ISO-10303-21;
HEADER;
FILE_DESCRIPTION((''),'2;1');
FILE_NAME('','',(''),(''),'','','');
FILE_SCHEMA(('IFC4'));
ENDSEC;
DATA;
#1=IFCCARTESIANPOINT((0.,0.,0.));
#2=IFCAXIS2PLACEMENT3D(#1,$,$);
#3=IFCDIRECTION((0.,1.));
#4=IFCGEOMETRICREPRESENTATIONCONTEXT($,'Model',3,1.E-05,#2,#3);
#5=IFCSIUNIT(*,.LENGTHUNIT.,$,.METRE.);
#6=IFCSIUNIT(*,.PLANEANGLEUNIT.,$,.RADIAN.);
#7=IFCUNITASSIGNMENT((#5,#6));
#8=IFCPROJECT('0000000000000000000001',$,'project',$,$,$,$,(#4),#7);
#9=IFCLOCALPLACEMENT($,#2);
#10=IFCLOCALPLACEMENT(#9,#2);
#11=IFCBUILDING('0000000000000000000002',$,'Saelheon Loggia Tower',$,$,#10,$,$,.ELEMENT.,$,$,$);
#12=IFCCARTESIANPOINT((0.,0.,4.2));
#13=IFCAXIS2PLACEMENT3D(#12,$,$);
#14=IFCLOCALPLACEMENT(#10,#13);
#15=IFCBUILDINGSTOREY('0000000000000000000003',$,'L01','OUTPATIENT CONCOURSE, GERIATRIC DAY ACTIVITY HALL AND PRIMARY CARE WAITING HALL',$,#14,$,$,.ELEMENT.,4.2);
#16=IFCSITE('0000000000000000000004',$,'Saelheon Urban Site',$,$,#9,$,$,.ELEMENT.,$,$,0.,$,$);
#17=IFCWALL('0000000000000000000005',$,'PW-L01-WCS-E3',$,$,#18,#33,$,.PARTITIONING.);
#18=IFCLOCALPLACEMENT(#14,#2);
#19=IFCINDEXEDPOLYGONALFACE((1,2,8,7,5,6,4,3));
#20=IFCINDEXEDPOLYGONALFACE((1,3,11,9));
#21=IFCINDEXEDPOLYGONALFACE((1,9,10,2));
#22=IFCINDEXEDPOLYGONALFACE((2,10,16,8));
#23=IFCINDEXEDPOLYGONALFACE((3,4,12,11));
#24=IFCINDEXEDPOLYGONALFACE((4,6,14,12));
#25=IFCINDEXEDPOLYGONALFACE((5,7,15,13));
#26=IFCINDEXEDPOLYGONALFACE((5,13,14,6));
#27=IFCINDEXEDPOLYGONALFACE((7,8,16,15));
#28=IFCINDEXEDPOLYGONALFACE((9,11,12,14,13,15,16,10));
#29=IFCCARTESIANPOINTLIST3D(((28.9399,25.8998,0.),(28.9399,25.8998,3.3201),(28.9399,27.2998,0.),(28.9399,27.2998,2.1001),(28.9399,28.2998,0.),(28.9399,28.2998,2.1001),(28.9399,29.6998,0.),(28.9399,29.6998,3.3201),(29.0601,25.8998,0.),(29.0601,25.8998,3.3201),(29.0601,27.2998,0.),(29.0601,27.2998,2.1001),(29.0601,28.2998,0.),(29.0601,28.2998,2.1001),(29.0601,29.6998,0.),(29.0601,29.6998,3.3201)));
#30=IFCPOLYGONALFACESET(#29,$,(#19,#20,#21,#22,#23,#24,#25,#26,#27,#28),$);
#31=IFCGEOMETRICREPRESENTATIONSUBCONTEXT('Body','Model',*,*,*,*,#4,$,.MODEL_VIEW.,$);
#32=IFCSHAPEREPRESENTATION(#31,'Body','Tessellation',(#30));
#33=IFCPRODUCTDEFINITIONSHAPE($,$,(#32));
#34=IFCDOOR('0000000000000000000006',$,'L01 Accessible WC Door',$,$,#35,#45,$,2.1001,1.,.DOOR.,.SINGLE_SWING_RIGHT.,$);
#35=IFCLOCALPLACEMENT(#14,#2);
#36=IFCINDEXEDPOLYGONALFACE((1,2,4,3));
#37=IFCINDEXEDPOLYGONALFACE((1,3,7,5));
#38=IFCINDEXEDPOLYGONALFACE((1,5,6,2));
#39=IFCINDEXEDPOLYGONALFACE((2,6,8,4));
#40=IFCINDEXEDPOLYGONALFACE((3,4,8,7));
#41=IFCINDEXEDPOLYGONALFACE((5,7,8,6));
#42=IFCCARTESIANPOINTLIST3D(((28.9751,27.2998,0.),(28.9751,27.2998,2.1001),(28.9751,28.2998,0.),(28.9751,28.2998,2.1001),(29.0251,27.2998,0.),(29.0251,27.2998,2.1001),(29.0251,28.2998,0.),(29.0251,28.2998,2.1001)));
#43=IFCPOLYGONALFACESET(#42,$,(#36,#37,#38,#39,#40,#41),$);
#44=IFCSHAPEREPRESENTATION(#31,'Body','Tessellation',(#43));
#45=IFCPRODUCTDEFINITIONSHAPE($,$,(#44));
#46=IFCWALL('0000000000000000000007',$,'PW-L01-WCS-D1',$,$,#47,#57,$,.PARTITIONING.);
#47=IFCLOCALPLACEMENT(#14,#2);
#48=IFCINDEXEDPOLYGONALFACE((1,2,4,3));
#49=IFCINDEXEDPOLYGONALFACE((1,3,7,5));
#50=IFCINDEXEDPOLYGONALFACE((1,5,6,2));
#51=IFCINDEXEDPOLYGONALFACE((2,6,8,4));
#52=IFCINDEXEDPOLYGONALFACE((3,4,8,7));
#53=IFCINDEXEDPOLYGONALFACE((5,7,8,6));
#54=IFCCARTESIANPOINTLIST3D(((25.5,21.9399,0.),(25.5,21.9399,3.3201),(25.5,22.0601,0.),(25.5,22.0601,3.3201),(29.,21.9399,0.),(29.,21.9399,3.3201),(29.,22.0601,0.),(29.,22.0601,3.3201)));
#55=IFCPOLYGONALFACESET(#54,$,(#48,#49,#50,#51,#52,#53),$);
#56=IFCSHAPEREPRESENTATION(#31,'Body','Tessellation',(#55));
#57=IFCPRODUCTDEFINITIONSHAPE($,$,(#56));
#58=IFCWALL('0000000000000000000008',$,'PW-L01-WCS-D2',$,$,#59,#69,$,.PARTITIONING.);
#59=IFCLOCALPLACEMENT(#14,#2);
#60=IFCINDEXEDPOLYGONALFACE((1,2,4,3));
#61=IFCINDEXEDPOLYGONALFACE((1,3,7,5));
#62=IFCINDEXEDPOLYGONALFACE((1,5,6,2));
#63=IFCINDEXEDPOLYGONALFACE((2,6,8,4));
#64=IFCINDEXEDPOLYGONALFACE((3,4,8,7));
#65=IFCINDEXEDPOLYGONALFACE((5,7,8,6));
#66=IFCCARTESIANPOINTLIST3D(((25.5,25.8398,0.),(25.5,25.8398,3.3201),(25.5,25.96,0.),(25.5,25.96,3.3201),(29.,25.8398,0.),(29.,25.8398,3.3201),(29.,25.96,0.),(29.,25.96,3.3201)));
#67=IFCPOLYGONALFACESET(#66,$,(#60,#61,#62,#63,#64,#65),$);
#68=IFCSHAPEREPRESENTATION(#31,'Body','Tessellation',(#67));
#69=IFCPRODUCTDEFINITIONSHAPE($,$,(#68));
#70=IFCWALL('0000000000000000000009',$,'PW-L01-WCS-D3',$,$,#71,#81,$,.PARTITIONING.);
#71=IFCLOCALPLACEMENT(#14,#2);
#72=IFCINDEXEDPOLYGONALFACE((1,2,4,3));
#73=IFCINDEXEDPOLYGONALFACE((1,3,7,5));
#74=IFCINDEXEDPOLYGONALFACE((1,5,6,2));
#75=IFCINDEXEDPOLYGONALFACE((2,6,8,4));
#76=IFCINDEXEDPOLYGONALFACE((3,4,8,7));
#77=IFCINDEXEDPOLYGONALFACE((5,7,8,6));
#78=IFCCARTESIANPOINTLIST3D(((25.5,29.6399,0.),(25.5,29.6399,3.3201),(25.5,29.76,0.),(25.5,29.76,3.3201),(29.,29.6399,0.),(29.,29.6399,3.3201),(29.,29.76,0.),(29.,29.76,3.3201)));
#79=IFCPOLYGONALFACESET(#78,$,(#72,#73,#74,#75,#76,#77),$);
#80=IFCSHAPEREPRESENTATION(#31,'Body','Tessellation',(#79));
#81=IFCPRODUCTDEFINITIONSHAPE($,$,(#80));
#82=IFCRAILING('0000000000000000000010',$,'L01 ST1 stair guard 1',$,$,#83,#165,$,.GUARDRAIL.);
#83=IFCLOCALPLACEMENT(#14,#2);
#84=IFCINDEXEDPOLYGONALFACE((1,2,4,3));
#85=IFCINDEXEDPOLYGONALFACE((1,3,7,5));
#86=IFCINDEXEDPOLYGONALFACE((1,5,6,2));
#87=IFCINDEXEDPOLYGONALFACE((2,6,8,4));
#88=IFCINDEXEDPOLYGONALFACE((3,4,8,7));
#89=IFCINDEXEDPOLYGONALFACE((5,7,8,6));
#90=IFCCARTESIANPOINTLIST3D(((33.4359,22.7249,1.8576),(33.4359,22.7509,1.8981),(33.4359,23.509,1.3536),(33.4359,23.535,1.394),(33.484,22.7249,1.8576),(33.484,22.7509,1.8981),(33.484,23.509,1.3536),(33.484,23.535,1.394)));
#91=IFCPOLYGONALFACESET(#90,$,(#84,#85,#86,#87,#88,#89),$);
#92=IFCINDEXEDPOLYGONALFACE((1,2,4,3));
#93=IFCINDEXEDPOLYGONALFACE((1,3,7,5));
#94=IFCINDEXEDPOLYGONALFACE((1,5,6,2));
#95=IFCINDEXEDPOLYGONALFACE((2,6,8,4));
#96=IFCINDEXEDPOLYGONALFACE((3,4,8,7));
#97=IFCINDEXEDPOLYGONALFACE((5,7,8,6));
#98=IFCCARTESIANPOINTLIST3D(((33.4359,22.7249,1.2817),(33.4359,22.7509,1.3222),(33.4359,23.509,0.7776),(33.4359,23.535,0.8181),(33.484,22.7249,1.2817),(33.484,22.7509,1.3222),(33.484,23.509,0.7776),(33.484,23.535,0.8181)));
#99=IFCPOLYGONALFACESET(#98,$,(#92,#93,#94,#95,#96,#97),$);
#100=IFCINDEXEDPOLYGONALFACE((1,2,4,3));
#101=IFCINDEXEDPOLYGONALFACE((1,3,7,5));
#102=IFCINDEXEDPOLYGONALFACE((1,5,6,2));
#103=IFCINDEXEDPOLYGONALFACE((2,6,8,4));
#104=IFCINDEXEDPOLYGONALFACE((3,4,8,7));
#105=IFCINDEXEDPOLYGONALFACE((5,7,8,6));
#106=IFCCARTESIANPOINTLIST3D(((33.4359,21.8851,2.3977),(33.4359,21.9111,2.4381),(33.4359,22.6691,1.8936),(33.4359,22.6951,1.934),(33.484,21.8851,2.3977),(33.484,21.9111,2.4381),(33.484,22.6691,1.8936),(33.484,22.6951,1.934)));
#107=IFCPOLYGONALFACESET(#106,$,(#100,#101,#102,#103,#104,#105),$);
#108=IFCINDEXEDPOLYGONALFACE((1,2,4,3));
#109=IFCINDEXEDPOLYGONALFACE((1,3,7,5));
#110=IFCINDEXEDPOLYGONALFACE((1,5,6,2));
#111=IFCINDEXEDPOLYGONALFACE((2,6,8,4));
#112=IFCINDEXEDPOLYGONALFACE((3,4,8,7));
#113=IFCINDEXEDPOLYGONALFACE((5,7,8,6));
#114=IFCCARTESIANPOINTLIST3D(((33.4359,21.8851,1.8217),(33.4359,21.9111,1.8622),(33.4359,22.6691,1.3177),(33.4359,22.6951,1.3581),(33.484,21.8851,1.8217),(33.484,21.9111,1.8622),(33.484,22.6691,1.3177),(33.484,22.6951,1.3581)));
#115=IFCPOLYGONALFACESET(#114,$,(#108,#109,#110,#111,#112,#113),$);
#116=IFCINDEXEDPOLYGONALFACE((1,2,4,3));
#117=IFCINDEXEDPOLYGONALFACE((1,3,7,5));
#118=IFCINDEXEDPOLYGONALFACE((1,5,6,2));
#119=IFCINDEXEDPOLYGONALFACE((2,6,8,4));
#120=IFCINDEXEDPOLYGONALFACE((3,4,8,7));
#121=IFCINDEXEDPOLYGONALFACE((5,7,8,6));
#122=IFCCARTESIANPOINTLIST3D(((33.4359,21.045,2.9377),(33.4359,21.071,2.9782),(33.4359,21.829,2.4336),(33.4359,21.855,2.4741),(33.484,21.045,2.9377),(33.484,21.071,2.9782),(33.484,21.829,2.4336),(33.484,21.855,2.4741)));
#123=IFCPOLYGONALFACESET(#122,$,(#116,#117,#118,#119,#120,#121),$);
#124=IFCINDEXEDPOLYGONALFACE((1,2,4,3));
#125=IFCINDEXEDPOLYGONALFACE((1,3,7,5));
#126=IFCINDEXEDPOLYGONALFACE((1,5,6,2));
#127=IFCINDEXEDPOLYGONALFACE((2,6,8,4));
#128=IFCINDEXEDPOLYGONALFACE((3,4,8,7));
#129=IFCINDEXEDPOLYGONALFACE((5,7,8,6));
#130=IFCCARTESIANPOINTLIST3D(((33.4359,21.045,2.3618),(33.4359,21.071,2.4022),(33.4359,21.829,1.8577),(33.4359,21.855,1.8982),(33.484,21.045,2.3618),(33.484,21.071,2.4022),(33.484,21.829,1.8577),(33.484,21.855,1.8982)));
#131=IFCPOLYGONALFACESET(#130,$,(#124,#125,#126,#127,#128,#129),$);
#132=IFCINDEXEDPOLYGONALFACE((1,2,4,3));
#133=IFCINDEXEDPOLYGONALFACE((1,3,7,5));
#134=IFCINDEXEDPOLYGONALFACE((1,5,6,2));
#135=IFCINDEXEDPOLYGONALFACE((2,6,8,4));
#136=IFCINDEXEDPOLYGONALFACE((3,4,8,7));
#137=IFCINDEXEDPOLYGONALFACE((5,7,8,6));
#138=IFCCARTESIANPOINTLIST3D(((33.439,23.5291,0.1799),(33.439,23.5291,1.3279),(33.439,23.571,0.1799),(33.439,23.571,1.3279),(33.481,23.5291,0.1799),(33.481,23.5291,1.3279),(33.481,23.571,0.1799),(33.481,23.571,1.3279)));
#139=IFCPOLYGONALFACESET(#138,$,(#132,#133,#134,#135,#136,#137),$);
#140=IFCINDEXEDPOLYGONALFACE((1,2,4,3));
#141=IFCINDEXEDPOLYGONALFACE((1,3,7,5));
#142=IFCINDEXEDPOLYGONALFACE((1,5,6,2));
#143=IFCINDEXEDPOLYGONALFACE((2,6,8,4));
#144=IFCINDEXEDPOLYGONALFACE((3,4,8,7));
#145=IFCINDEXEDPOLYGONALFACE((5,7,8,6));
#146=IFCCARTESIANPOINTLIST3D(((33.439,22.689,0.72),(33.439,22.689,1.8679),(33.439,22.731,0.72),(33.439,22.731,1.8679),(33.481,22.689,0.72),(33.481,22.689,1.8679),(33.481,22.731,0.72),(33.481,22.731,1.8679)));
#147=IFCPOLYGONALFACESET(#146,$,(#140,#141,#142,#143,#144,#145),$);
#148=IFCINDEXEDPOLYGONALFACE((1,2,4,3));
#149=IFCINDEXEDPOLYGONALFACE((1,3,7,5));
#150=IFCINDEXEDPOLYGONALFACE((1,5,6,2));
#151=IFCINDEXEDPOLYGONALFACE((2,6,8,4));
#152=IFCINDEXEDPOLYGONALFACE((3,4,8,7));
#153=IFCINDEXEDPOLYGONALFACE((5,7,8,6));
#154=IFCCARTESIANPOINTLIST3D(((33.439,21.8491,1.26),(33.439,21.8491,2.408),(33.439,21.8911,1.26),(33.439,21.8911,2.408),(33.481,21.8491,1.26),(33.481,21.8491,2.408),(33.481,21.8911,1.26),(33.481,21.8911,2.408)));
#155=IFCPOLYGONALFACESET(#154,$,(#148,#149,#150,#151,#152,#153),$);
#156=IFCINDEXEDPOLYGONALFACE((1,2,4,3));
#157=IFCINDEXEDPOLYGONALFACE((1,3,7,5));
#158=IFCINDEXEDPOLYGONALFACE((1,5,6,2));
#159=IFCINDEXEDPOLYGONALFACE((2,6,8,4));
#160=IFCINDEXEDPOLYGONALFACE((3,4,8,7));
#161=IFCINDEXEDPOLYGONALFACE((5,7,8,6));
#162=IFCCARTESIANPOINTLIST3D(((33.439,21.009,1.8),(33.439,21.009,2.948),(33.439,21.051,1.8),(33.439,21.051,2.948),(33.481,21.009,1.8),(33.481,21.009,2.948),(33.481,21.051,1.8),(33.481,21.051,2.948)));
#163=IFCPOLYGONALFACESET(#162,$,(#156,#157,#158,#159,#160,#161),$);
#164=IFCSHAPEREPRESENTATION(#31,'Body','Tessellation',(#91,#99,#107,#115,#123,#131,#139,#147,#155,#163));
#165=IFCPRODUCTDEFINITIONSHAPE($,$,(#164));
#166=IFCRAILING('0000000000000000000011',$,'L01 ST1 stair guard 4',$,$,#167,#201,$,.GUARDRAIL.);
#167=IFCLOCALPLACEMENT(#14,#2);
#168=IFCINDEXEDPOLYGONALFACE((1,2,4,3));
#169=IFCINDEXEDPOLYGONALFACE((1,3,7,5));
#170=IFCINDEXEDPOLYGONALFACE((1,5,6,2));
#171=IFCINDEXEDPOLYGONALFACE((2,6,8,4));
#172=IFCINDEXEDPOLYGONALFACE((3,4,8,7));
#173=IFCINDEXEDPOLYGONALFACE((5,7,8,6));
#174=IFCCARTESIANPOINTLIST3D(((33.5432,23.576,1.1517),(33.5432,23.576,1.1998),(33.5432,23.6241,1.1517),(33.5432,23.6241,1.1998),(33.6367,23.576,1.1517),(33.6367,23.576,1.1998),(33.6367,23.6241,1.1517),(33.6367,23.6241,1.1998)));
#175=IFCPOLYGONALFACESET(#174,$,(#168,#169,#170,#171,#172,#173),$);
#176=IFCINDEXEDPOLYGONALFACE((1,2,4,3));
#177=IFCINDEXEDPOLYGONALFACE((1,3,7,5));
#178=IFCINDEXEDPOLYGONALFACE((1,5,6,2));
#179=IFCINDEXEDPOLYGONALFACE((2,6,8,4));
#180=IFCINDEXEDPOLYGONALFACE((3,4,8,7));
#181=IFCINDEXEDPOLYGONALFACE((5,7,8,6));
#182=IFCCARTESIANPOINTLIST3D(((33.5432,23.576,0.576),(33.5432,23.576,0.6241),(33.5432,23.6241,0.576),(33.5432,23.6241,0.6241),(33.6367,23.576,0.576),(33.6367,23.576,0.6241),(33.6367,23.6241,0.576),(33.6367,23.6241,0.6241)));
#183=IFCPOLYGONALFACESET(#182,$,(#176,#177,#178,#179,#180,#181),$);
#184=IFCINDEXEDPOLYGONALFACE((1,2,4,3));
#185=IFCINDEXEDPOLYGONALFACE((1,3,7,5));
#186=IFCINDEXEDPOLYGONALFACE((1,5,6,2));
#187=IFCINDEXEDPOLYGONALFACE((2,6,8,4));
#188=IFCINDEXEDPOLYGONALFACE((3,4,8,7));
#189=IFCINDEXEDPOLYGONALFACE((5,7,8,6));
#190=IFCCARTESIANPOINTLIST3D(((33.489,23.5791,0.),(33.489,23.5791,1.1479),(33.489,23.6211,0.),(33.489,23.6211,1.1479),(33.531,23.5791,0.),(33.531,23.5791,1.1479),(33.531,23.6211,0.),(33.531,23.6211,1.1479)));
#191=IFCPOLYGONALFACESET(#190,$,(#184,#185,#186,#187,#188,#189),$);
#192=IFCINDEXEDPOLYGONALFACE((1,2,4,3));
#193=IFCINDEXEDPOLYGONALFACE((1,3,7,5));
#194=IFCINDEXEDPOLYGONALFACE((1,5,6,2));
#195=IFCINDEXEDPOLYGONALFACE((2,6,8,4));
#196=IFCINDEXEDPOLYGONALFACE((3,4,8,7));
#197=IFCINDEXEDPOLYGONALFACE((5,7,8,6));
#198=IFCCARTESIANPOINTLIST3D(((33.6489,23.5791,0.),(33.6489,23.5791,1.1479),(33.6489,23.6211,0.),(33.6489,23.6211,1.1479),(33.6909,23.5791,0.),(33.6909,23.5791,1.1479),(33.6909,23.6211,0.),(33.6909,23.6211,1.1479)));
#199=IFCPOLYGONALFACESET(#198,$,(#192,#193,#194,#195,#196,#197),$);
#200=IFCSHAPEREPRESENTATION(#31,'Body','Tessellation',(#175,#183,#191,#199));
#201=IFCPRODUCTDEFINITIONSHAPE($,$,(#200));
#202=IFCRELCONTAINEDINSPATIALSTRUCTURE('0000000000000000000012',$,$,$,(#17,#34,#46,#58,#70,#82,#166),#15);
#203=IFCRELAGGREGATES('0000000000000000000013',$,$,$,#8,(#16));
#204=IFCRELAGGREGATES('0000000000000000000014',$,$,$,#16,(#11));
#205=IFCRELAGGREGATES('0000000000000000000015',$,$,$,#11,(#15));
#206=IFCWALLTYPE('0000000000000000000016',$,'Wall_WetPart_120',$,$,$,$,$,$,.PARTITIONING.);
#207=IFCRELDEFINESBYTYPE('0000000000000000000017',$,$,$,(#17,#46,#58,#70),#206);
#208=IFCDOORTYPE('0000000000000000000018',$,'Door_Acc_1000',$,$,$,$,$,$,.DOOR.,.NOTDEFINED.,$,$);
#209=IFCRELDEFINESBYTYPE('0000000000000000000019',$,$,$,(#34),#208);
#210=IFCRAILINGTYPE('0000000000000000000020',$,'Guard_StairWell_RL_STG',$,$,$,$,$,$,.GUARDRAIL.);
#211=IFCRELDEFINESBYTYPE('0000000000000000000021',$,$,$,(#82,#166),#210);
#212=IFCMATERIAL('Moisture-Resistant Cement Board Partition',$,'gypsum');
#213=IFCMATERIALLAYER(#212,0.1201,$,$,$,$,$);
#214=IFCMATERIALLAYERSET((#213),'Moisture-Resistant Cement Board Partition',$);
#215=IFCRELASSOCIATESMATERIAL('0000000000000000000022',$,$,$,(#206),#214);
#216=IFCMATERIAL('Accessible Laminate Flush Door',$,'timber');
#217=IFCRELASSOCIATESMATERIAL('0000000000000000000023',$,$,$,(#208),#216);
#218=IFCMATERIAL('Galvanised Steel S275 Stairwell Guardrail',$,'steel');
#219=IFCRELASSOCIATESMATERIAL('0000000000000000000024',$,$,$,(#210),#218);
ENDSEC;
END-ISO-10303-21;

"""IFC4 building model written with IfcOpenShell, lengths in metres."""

from ifc_helpers import new_model, si_unit, direction, frame, frame_2d, origin, origin_2d, place, context, subcontext, project, spatial, rectangle, extrude, source, transform, mapped, material, layer, layer_set, type_object, element, fill, save


model = new_model("IFC4")

# Units and contexts
model_context = context("Model", 3, precision=1e-05, world=origin(), true_north=direction((0.0, 1.0)))
body_context = subcontext(model_context, "Body", "Model", "MODEL_VIEW")
ifc_project = project(units=[si_unit("LENGTHUNIT", "METRE"), si_unit("PLANEANGLEUNIT", "RADIAN")], contexts=[model_context])

# Site, building, storey
site_placement = place(None, origin())
site = spatial("IfcSite", under=ifc_project, at=site_placement, Name="Saelheon Urban Site", CompositionType="ELEMENT", RefElevation=0.0)
building_placement = place(site_placement, origin())
building = spatial("IfcBuilding", under=site, at=building_placement, Name="Saelheon Loggia Tower", CompositionType="ELEMENT")
storey_placement = place(building_placement, frame((0.0, 0.0, 4.2)))
storey = spatial("IfcBuildingStorey", under=building, at=storey_placement, Name="L01", Description="OUTPATIENT CONCOURSE, GERIATRIC DAY ACTIVITY HALL AND PRIMARY CARE WAITING HALL", CompositionType="ELEMENT", Elevation=4.2)

# Wall, opening, door
ifc_material_1 = material(Name="Moisture-Resistant Cement Board Partition", Category="gypsum")
ifc_layer_1 = layer(ifc_material_1, 0.1201)
ifc_layer_set_1 = layer_set([ifc_layer_1], Name="Moisture-Resistant Cement Board Partition")
wall_type_1 = type_object("IfcWallType", Name="Wall_WetPart_120", PredefinedType="PARTITIONING", material=ifc_layer_set_1)
wall_1_placement = place(storey_placement, frame((29.0, 25.8999, 0.0), z_axis=(0.0, 0.0, 1.0), x_axis=(0.0, 1.0, 0.0)))
wall_1 = element("IfcWall", 1, at=wall_1_placement, inside=storey, type_object=wall_type_1, Name="PW-L01-WCS-E3", PredefinedType="PARTITIONING", context=body_context, shape_type="SweptSolid", body=[
    extrude(rectangle(XDim=3.8, YDim=0.1201, at=frame_2d((1.8999, 0.0))), origin(), (0.0, 0.0, 1.0), 3.3201),
])
opening_1_placement = place(wall_1_placement, frame((1.3999, 0.0, 0.0)))
opening_1 = element("IfcOpeningElement", 2, at=opening_1_placement, cuts=wall_1, PredefinedType="OPENING", context=body_context, shape_type="SweptSolid", body=[
    extrude(rectangle(XDim=1.0, YDim=2.1001, at=frame_2d((0.5, 1.05))), frame((0.0, 0.072, 0.0), z_axis=(0.0, -1.0, 0.0), x_axis=(1.0, 0.0, 0.0)), (0.0, 0.0, 1.0), 0.144),
])
ifc_material_2 = material(Name="Accessible Laminate Flush Door", Category="timber")
door_type_1 = type_object("IfcDoorType", Name="Door_Acc_1000", OperationType="NOTDEFINED", PredefinedType="DOOR", material=ifc_material_2)
shared_shape_1 = source(origin(), body_context, "Body", "SweptSolid", [
    extrude(rectangle(XDim=1.0, YDim=2.1001, at=frame_2d((0.5, 1.05))), frame((0.0, 0.0249, 0.0), z_axis=(0.0, -1.0, 0.0), x_axis=(1.0, 0.0, 0.0)), (0.0, 0.0, 1.0), 0.05),
])
door_1_placement = place(opening_1_placement, origin())
door_1 = element("IfcDoor", 3, at=door_1_placement, inside=storey, type_object=door_type_1, Name="L01 Accessible WC Door", OperationType="SINGLE_SWING_RIGHT", OverallHeight=2.1001, OverallWidth=1.0, PredefinedType="DOOR", context=body_context, shape_type="MappedRepresentation", body=[
    mapped(shared_shape_1, transform((0.0, 0.0, 0.0), scale=1.0)),
])
fill(opening_1, door_1)

# Walls
for number, where, z_axis, x_axis, name in (
    (4, (25.5, 22.0, 0.0), (0.0, 0.0, 1.0), (1.0, 0.0, 0.0), "PW-L01-WCS-D1"),
    (5, (25.5, 25.8999, 0.0), (0.0, 0.0, 1.0), (1.0, 0.0, 0.0), "PW-L01-WCS-D2"),
    (6, (25.5, 29.7, 0.0), (0.0, 0.0, 1.0), (1.0, 0.0, 0.0), "PW-L01-WCS-D3"),
):
    element("IfcWall", number, at=place(storey_placement, frame(where, z_axis=z_axis, x_axis=x_axis)), inside=storey, type_object=wall_type_1, Name=name, PredefinedType="PARTITIONING", context=body_context, shape_type="SweptSolid", body=[
        extrude(rectangle(XDim=3.5, YDim=0.1201, at=frame_2d((1.75, 0.0))), origin(), (0.0, 0.0, 1.0), 3.3201),
    ])

# Railings
ifc_material_3 = material(Name="Galvanised Steel S275 Stairwell Guardrail", Category="steel")
railing_type_1 = type_object("IfcRailingType", Name="Guard_StairWell_RL_STG", PredefinedType="GUARDRAIL", material=ifc_material_3)
railing_1_placement = place(storey_placement, frame((33.46, 23.55, 0.1799)))
element("IfcRailing", 7, at=railing_1_placement, inside=storey, type_object=railing_type_1, Name="L01 ST1 stair guard 1", PredefinedType="GUARDRAIL", context=body_context, shape_type="SweptSolid", body=[
    extrude(rectangle(XDim=0.0481, YDim=0.0481, at=origin_2d()), frame((0.0, -0.0281, 1.1938), z_axis=(0.0, -0.841163, 0.540782), x_axis=(1.0, 0.0, 0.0)), (0.0, 0.0, 1.0), 0.9321),
    extrude(rectangle(XDim=0.0481, YDim=0.0481, at=origin_2d()), frame((0.0, -0.0281, 0.6179), z_axis=(0.0, -0.841163, 0.540782), x_axis=(1.0, 0.0, 0.0)), (0.0, 0.0, 1.0), 0.9321),
    extrude(rectangle(XDim=0.0481, YDim=0.0481, at=origin_2d()), frame((0.0, -0.8679, 1.7339), z_axis=(0.0, -0.841163, 0.540782), x_axis=(1.0, 0.0, 0.0)), (0.0, 0.0, 1.0), 0.9321),
    extrude(rectangle(XDim=0.0481, YDim=0.0481, at=origin_2d()), frame((0.0, -0.8679, 1.158), z_axis=(0.0, -0.841163, 0.540782), x_axis=(1.0, 0.0, 0.0)), (0.0, 0.0, 1.0), 0.9321),
    extrude(rectangle(XDim=0.0481, YDim=0.0481, at=origin_2d()), frame((0.0, -1.708, 2.2739), z_axis=(0.0, -0.841163, 0.540782), x_axis=(1.0, 0.0, 0.0)), (0.0, 0.0, 1.0), 0.9321),
    extrude(rectangle(XDim=0.0481, YDim=0.0481, at=origin_2d()), frame((0.0, -1.708, 1.698), z_axis=(0.0, -0.841163, 0.540782), x_axis=(1.0, 0.0, 0.0)), (0.0, 0.0, 1.0), 0.9321),
    extrude(rectangle(XDim=0.042, YDim=0.042, at=origin_2d()), origin(), (0.0, 0.0, 1.0), 1.1479),
    extrude(rectangle(XDim=0.042, YDim=0.042, at=origin_2d()), frame((0.0, -0.8401, 0.54)), (0.0, 0.0, 1.0), 1.1479),
    extrude(rectangle(XDim=0.042, YDim=0.042, at=origin_2d()), frame((0.0, -1.6799, 1.0801)), (0.0, 0.0, 1.0), 1.1479),
    extrude(rectangle(XDim=0.042, YDim=0.042, at=origin_2d()), frame((0.0, -2.52, 1.6201)), (0.0, 0.0, 1.0), 1.1479),
])
railing_2_placement = place(storey_placement, frame((33.51, 23.6001, 0.0)))
element("IfcRailing", 8, at=railing_2_placement, inside=storey, type_object=railing_type_1, Name="L01 ST1 stair guard 4", PredefinedType="GUARDRAIL", context=body_context, shape_type="SweptSolid", body=[
    extrude(rectangle(XDim=0.0481, YDim=0.0481, at=origin_2d()), frame((0.0332, 0.0, 1.1758), z_axis=(1.0, 0.0, 0.0), x_axis=(0.0, 1.0, 0.0)), (0.0, 0.0, 1.0), 0.0935),
    extrude(rectangle(XDim=0.0481, YDim=0.0481, at=origin_2d()), frame((0.0332, 0.0, 0.6001), z_axis=(1.0, 0.0, 0.0), x_axis=(0.0, 1.0, 0.0)), (0.0, 0.0, 1.0), 0.0935),
    extrude(rectangle(XDim=0.042, YDim=0.042, at=origin_2d()), origin(), (0.0, 0.0, 1.0), 1.1479),
    extrude(rectangle(XDim=0.042, YDim=0.042, at=origin_2d()), frame((0.1599, 0.0, 0.0)), (0.0, 0.0, 1.0), 1.1479),
])

save(model, "model.ifc")
